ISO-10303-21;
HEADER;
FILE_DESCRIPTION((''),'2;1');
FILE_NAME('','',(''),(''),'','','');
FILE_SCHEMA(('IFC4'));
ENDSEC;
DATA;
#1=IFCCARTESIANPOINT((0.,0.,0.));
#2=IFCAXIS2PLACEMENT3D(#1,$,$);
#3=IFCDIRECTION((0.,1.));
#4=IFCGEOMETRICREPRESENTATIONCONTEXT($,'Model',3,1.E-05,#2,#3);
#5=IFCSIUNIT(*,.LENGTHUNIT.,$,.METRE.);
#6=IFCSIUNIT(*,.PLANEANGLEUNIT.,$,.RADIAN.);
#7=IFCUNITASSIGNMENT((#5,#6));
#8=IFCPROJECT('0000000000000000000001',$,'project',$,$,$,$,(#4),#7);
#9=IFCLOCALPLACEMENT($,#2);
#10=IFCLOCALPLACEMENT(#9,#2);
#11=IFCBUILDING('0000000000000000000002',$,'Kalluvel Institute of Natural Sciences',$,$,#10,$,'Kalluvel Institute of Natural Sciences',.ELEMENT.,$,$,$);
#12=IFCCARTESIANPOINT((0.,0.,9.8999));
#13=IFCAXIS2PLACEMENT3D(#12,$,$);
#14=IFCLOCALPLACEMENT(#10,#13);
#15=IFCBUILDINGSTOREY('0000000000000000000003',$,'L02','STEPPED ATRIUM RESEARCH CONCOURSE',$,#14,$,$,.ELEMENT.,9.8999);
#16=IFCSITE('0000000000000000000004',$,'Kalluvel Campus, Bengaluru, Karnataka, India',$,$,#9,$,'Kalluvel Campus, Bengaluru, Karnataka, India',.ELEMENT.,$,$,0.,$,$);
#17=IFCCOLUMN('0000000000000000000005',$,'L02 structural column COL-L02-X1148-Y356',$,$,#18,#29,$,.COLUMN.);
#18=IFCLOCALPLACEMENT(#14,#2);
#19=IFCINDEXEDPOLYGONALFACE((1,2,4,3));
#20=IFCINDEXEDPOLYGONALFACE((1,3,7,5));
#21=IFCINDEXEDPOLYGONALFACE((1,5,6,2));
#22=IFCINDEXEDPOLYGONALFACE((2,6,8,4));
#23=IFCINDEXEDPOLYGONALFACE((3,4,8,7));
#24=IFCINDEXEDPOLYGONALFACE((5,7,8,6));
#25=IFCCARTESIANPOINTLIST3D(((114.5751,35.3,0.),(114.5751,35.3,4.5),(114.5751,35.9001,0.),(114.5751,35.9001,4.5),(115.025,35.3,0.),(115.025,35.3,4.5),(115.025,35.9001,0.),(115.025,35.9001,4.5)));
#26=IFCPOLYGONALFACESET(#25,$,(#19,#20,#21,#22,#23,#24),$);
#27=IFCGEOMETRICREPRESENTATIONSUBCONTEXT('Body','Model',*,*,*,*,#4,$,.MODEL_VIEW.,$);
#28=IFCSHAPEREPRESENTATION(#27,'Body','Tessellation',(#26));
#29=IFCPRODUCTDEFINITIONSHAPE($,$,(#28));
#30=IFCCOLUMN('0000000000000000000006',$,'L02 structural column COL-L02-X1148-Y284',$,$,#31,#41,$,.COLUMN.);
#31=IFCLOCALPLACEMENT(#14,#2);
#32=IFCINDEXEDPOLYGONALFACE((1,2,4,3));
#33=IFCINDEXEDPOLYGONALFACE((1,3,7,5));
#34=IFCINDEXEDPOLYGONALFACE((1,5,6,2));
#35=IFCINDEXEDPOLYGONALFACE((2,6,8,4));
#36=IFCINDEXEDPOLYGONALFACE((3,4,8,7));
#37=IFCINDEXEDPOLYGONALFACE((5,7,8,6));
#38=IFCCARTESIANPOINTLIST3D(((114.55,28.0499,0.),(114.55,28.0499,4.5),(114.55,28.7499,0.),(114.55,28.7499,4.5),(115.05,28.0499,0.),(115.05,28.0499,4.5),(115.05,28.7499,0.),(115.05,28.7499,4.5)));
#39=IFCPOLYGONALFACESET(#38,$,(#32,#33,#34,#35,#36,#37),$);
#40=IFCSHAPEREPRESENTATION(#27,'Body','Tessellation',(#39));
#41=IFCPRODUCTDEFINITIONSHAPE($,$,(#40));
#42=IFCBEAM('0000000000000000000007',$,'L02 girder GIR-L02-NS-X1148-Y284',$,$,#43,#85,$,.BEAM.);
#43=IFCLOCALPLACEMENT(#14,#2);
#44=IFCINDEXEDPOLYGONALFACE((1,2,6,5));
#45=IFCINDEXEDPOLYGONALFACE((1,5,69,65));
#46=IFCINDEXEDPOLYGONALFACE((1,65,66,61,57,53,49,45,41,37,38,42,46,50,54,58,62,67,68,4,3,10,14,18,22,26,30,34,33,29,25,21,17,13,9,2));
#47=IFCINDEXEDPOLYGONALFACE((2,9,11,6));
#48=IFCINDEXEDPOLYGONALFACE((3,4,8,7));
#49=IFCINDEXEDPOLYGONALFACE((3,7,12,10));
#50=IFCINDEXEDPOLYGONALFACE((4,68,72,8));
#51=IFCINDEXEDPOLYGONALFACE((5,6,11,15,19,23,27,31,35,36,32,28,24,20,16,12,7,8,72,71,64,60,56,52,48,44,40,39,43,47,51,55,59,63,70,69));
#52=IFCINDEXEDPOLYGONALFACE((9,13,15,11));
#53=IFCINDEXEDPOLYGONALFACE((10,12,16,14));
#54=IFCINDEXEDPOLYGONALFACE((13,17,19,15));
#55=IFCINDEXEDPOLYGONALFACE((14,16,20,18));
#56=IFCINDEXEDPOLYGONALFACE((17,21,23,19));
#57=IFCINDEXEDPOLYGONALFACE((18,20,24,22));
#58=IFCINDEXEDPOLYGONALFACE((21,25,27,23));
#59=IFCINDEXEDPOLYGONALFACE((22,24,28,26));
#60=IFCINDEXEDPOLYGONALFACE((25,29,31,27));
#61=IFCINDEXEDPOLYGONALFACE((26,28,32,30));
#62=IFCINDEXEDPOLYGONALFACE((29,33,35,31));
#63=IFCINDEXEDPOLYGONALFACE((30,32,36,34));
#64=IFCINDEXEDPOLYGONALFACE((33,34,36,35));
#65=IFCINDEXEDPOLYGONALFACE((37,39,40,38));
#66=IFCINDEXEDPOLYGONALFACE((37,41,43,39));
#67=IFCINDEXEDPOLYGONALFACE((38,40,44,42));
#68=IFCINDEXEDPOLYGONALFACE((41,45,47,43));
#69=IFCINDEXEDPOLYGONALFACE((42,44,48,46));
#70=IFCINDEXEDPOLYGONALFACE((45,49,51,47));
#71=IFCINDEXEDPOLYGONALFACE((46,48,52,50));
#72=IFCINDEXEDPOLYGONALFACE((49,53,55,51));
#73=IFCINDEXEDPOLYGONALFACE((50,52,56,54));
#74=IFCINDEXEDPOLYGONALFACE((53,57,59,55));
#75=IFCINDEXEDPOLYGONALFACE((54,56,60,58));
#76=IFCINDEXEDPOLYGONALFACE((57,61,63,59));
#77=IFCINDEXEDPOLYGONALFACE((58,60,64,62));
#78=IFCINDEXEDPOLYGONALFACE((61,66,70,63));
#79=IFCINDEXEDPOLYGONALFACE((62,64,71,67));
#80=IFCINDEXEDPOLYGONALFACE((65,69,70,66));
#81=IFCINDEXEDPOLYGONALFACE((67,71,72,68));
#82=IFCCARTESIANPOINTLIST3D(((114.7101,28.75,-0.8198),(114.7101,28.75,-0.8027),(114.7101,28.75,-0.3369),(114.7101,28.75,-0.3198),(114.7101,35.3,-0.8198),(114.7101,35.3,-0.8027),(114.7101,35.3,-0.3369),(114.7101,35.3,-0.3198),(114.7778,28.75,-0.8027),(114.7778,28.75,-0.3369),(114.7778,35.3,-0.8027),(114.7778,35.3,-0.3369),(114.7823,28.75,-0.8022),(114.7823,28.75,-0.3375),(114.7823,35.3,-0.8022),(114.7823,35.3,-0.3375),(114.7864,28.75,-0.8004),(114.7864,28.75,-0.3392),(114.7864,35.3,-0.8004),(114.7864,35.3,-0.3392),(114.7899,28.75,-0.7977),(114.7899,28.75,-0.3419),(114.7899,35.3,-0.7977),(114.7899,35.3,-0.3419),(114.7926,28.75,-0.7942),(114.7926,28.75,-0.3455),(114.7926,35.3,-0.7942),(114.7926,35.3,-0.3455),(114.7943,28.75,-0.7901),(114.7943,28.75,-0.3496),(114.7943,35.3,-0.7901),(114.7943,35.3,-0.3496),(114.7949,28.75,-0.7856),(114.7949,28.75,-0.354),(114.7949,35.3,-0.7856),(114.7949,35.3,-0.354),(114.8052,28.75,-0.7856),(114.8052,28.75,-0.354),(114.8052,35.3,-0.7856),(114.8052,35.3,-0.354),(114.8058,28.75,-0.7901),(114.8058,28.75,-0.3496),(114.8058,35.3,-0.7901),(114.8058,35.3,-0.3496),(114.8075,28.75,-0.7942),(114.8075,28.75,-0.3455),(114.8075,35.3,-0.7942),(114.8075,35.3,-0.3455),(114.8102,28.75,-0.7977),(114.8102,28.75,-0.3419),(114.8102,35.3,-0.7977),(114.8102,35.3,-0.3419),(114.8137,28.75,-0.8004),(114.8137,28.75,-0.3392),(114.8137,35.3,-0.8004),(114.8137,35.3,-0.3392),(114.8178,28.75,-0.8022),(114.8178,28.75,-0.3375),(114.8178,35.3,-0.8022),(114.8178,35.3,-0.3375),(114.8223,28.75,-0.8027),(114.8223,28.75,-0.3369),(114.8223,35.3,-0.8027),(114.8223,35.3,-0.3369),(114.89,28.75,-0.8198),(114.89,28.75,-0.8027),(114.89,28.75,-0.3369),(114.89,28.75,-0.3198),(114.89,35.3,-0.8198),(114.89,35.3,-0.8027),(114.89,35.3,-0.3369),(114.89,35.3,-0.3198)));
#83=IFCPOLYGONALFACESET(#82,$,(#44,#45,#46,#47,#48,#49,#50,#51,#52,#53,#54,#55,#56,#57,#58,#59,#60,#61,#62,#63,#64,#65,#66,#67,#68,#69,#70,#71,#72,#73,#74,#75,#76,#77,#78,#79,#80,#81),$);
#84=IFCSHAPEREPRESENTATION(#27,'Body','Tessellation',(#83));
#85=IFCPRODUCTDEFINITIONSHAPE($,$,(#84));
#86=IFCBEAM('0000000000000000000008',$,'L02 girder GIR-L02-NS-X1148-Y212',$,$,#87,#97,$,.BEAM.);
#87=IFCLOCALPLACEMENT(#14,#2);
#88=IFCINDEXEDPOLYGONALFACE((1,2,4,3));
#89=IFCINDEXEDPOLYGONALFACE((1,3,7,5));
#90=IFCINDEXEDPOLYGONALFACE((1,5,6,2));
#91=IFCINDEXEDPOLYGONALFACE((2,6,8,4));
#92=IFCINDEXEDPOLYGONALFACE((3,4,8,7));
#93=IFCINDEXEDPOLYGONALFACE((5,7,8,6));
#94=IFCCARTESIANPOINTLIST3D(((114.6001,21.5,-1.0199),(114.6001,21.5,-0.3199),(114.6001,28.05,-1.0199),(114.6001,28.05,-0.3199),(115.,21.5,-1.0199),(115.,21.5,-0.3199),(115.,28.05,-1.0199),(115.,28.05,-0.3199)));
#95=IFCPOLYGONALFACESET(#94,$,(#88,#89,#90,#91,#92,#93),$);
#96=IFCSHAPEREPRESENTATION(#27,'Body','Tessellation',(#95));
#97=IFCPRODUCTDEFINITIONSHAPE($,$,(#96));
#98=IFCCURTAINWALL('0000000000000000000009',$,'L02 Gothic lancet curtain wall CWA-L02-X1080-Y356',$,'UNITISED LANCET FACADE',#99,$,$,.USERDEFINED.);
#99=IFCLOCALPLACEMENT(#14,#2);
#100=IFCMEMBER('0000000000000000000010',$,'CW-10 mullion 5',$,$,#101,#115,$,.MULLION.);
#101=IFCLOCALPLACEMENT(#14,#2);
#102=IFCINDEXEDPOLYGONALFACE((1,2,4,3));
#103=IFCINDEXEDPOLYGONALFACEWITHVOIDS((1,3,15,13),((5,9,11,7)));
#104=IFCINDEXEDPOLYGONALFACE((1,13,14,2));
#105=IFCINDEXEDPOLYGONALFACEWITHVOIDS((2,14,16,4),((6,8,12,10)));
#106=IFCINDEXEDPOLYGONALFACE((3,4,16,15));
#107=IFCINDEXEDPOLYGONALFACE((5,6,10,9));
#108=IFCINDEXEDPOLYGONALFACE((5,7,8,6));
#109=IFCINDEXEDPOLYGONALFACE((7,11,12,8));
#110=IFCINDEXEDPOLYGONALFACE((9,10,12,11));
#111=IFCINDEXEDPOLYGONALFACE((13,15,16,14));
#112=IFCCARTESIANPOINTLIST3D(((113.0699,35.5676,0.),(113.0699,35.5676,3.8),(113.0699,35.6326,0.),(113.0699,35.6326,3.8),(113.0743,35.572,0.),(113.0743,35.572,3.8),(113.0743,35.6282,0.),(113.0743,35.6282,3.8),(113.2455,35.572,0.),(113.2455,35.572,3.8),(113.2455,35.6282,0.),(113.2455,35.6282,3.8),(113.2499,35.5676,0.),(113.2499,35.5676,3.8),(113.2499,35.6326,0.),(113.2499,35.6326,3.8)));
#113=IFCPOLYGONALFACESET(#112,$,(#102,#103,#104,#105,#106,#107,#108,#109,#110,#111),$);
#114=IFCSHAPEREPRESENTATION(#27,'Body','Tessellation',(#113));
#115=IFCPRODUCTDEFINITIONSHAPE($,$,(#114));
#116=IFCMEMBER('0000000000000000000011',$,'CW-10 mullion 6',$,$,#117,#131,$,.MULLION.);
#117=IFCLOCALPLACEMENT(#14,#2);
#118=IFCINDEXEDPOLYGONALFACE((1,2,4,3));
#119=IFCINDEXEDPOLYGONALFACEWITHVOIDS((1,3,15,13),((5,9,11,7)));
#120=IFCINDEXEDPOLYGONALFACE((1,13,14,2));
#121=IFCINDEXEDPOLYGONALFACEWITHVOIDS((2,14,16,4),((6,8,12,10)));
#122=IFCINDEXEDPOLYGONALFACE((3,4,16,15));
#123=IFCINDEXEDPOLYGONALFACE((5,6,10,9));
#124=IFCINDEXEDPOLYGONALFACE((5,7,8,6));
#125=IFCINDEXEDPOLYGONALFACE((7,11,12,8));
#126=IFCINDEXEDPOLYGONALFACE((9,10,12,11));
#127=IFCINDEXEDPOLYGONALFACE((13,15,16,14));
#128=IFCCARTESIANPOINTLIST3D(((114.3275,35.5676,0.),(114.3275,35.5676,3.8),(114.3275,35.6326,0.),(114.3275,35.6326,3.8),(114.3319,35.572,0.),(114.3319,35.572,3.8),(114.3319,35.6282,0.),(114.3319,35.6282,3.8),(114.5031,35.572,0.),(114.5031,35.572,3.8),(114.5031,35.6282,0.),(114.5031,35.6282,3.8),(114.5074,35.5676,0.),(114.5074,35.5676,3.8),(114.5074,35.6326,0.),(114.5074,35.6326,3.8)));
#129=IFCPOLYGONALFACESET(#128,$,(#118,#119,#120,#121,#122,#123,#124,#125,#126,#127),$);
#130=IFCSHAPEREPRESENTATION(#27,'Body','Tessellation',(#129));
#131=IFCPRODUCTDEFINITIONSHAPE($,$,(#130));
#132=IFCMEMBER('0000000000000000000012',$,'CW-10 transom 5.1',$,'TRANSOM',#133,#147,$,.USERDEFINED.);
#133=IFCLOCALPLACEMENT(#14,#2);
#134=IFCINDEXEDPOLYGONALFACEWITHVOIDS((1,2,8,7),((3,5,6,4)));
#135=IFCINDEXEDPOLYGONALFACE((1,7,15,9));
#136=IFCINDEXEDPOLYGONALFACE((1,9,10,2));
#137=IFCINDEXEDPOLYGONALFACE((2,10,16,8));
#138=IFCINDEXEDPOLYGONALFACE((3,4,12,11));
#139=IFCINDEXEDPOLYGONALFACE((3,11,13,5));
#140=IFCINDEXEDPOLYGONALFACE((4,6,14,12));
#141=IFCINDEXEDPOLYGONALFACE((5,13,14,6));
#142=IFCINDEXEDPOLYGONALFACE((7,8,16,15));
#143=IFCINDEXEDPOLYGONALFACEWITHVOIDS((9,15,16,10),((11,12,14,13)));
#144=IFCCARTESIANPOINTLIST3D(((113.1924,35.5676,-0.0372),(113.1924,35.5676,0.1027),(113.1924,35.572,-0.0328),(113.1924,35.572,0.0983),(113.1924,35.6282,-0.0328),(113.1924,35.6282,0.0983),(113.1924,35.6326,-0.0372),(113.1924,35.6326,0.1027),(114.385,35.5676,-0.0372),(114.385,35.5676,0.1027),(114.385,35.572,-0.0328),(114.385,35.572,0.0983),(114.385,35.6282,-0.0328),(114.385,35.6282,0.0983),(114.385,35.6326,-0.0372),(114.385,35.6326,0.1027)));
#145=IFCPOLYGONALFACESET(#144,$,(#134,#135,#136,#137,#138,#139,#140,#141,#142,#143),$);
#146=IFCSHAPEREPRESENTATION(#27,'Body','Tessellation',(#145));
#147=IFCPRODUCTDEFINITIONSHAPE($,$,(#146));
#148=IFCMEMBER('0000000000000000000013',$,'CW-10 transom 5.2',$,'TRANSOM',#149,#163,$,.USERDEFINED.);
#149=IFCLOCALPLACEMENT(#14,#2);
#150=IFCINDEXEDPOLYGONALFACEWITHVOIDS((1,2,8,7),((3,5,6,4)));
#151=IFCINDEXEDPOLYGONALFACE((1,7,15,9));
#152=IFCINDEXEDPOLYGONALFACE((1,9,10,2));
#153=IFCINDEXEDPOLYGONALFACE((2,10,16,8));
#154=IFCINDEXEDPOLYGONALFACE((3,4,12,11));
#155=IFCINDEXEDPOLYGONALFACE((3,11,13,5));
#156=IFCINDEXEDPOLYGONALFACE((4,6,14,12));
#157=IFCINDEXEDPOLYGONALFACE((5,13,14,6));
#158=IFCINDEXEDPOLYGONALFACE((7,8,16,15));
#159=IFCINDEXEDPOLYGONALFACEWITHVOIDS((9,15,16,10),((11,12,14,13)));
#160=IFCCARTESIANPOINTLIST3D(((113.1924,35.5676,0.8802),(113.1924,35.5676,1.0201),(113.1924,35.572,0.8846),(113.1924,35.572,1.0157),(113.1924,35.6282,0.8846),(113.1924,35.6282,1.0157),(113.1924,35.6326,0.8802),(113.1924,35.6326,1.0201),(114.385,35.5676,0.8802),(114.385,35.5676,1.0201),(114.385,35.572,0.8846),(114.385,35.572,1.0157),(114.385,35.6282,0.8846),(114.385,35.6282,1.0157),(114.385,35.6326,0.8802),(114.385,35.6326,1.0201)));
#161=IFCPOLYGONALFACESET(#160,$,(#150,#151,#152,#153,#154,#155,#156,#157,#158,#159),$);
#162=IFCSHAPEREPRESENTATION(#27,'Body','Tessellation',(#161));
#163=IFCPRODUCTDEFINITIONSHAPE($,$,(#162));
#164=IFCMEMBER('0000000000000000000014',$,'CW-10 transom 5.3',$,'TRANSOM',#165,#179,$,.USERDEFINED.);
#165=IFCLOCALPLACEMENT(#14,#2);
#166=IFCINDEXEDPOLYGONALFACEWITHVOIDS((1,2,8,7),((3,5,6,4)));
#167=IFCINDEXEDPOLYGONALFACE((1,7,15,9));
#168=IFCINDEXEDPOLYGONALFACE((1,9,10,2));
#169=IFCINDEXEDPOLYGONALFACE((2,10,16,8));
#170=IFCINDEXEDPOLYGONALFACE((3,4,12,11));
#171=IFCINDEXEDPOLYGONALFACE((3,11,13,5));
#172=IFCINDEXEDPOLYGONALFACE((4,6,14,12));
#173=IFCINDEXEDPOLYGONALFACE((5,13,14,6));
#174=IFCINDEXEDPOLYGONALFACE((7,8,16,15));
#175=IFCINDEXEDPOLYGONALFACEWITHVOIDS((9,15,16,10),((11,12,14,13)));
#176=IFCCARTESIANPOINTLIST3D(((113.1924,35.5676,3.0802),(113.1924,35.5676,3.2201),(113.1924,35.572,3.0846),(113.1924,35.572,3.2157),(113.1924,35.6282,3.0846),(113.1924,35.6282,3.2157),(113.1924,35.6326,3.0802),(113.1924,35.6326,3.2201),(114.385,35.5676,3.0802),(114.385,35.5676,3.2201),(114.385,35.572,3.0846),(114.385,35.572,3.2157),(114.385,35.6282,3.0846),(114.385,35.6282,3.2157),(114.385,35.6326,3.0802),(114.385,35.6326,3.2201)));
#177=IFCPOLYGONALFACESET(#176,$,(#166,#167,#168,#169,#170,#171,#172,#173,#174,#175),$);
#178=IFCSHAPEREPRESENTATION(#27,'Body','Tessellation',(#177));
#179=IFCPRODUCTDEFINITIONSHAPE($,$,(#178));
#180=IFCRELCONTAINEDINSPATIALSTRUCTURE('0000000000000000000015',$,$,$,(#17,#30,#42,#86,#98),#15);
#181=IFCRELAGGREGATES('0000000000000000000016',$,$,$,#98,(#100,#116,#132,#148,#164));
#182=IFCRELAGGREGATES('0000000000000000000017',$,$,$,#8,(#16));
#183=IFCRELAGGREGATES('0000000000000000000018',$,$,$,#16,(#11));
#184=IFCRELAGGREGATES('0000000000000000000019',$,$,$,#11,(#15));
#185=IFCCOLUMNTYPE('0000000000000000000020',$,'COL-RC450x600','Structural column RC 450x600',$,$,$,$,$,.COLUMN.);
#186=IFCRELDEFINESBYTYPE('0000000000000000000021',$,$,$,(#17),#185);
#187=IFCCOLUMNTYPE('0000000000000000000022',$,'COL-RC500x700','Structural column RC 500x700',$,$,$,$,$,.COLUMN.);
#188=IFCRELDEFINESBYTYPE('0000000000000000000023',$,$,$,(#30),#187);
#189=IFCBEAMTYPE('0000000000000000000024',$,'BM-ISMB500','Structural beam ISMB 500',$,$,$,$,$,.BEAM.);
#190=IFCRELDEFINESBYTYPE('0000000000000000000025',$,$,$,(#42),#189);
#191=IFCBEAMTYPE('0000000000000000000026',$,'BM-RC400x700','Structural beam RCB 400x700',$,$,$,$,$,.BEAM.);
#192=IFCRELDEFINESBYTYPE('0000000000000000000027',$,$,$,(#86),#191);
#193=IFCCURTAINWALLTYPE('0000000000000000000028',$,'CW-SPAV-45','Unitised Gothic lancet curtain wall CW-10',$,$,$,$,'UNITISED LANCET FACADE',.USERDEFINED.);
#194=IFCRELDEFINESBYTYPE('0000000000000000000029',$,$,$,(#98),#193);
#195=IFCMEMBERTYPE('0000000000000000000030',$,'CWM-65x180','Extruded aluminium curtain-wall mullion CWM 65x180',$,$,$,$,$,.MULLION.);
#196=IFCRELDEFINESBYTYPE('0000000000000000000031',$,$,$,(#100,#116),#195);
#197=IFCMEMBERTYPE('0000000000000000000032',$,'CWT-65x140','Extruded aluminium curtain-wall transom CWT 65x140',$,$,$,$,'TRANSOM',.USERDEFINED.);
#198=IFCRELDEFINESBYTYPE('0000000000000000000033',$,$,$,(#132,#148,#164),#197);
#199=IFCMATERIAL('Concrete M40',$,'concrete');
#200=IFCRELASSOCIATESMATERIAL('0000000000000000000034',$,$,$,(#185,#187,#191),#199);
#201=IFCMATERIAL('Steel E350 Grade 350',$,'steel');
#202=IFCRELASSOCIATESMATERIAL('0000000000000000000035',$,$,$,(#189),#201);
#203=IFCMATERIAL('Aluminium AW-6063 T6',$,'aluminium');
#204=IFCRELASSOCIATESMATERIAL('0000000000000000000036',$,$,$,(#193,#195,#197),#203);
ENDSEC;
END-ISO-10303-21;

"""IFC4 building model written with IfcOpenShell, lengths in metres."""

from ifc_helpers import new_model, si_unit, direction, frame, origin, origin_2d, place, context, subcontext, project, spatial, rectangle, hollow_rectangle, i_section, extrude, material, material_profile, profile_set, type_object, element, aggregate, save


model = new_model("IFC4")

# Units and contexts
model_context = context("Model", 3, precision=1e-05, world=origin(), true_north=direction((0.0, 1.0)))
body_context = subcontext(model_context, "Body", "Model", "MODEL_VIEW")
ifc_project = project(units=[si_unit("LENGTHUNIT", "METRE"), si_unit("PLANEANGLEUNIT", "RADIAN")], contexts=[model_context])

# Site, building, storey
site_placement = place(None, origin())
site = spatial("IfcSite", under=ifc_project, at=site_placement, Name="Kalluvel Campus, Bengaluru, Karnataka, India", LongName="Kalluvel Campus, Bengaluru, Karnataka, India", CompositionType="ELEMENT", RefElevation=0.0)
building_placement = place(site_placement, origin())
building = spatial("IfcBuilding", under=site, at=building_placement, Name="Kalluvel Institute of Natural Sciences", LongName="Kalluvel Institute of Natural Sciences", CompositionType="ELEMENT")
storey_placement = place(building_placement, frame((0.0, 0.0, 9.8999)))
storey = spatial("IfcBuildingStorey", under=building, at=storey_placement, Name="L02", Description="STEPPED ATRIUM RESEARCH CONCOURSE", CompositionType="ELEMENT", Elevation=9.8999)

# Columns
ifc_material_1 = material(Name="Concrete M40", Category="concrete")
ifc_material_profile_1 = material_profile(ifc_material_1, rectangle(XDim=0.45, YDim=0.6001, at=origin_2d()), Name="RC 450x600")
ifc_profile_set_1 = profile_set([ifc_material_profile_1], Name="Concrete M40")
column_type_1 = type_object("IfcColumnType", Name="COL-RC450x600", Description="Structural column RC 450x600", PredefinedType="COLUMN", material=ifc_profile_set_1)
column_1_placement = place(storey_placement, frame((114.8, 35.6001, 0.0), z_axis=(0.0, 0.0, 1.0), x_axis=(1.0, 0.0, 0.0)))
element("IfcColumn", 1, at=column_1_placement, inside=storey, type_object=column_type_1, Name="L02 structural column COL-L02-X1148-Y356", PredefinedType="COLUMN", context=body_context, shape_type="SweptSolid", body=[
    extrude(rectangle(XDim=0.45, YDim=0.6001, at=origin_2d()), origin(), (0.0, 0.0, 1.0), 4.5),
])
ifc_material_profile_2 = material_profile(ifc_material_1, rectangle(XDim=0.5, YDim=0.7, at=origin_2d()), Name="RC 500x700")
ifc_profile_set_2 = profile_set([ifc_material_profile_2], Name="Concrete M40")
column_type_2 = type_object("IfcColumnType", Name="COL-RC500x700", Description="Structural column RC 500x700", PredefinedType="COLUMN", material=ifc_profile_set_2)
column_2_placement = place(storey_placement, frame((114.8, 28.3999, 0.0), z_axis=(0.0, 0.0, 1.0), x_axis=(1.0, 0.0, 0.0)))
element("IfcColumn", 2, at=column_2_placement, inside=storey, type_object=column_type_2, Name="L02 structural column COL-L02-X1148-Y284", PredefinedType="COLUMN", context=body_context, shape_type="SweptSolid", body=[
    extrude(rectangle(XDim=0.5, YDim=0.7, at=origin_2d()), origin(), (0.0, 0.0, 1.0), 4.5),
])

# Beams
ifc_material_2 = material(Name="Steel E350 Grade 350", Category="steel")
ifc_material_profile_3 = material_profile(ifc_material_2, i_section(OverallWidth=0.1799, OverallDepth=0.5, WebThickness=0.0103, FlangeThickness=0.0171, FilletRadius=0.0171, at=origin_2d()), Name="ISMB 500")
ifc_profile_set_3 = profile_set([ifc_material_profile_3], Name="Steel E350 Grade 350")
beam_type_1 = type_object("IfcBeamType", Name="BM-ISMB500", Description="Structural beam ISMB 500", PredefinedType="BEAM", material=ifc_profile_set_3)
beam_1_placement = place(storey_placement, frame((114.8, 28.75, -0.5698), z_axis=(0.0, 1.0, 0.0), x_axis=(-1.0, 0.0, 0.0)))
element("IfcBeam", 3, at=beam_1_placement, inside=storey, type_object=beam_type_1, Name="L02 girder GIR-L02-NS-X1148-Y284", PredefinedType="BEAM", context=body_context, shape_type="SweptSolid", body=[
    extrude(i_section(OverallWidth=0.1799, OverallDepth=0.5, WebThickness=0.0103, FlangeThickness=0.0171, FilletRadius=0.0171, at=origin_2d()), origin(), (0.0, 0.0, 1.0), 6.55),
])
ifc_material_profile_4 = material_profile(ifc_material_1, rectangle(XDim=0.3999, YDim=0.7, at=origin_2d()), Name="RCB 400x700")
ifc_profile_set_4 = profile_set([ifc_material_profile_4], Name="Concrete M40")
beam_type_2 = type_object("IfcBeamType", Name="BM-RC400x700", Description="Structural beam RCB 400x700", PredefinedType="BEAM", material=ifc_profile_set_4)
beam_2_placement = place(storey_placement, frame((114.8, 21.5, -0.6699), z_axis=(0.0, 1.0, 0.0), x_axis=(-1.0, 0.0, 0.0)))
element("IfcBeam", 4, at=beam_2_placement, inside=storey, type_object=beam_type_2, Name="L02 girder GIR-L02-NS-X1148-Y212", PredefinedType="BEAM", context=body_context, shape_type="SweptSolid", body=[
    extrude(rectangle(XDim=0.3999, YDim=0.7, at=origin_2d()), origin(), (0.0, 0.0, 1.0), 6.55),
])

# Curtain wall, members
ifc_material_3 = material(Name="Aluminium AW-6063 T6", Category="aluminium")
curtain_wall_type = type_object("IfcCurtainWallType", Name="CW-SPAV-45", Description="Unitised Gothic lancet curtain wall CW-10", ElementType="UNITISED LANCET FACADE", PredefinedType="USERDEFINED", material=ifc_material_3)
curtain_wall_placement = place(storey_placement, origin())
curtain_wall = element("IfcCurtainWall", 5, at=curtain_wall_placement, inside=storey, type_object=curtain_wall_type, Name="L02 Gothic lancet curtain wall CWA-L02-X1080-Y356", ObjectType="UNITISED LANCET FACADE", PredefinedType="USERDEFINED")
ifc_material_profile_5 = material_profile(ifc_material_3, hollow_rectangle(XDim=0.0649, YDim=0.1799, WallThickness=0.0044, at=origin_2d()), Name="CWM 65x180")
ifc_profile_set_5 = profile_set([ifc_material_profile_5], Name="Aluminium AW-6063 T6")
member_type_1 = type_object("IfcMemberType", Name="CWM-65x180", Description="Extruded aluminium curtain-wall mullion CWM 65x180", PredefinedType="MULLION", material=ifc_profile_set_5)
member_1_placement = place(storey_placement, frame((113.1599, 35.6001, 0.0), z_axis=(0.0, 0.0, 1.0), x_axis=(0.0, 1.0, 0.0)))
member_1 = element("IfcMember", 6, at=member_1_placement, type_object=member_type_1, Name="CW-10 mullion 5", PredefinedType="MULLION", context=body_context, shape_type="SweptSolid", body=[
    extrude(hollow_rectangle(XDim=0.0649, YDim=0.1799, WallThickness=0.0044, at=origin_2d()), origin(), (0.0, 0.0, 1.0), 3.8),
])
member_2_placement = place(storey_placement, frame((114.4175, 35.6001, 0.0), z_axis=(0.0, 0.0, 1.0), x_axis=(0.0, 1.0, 0.0)))
member_2 = element("IfcMember", 7, at=member_2_placement, type_object=member_type_1, Name="CW-10 mullion 6", PredefinedType="MULLION", context=body_context, shape_type="SweptSolid", body=[
    extrude(hollow_rectangle(XDim=0.0649, YDim=0.1799, WallThickness=0.0044, at=origin_2d()), origin(), (0.0, 0.0, 1.0), 3.8),
])
ifc_material_profile_6 = material_profile(ifc_material_3, hollow_rectangle(XDim=0.0649, YDim=0.1399, WallThickness=0.0044, at=origin_2d()), Name="CWT 65x140")
ifc_profile_set_6 = profile_set([ifc_material_profile_6], Name="Aluminium AW-6063 T6")
member_type_2 = type_object("IfcMemberType", Name="CWT-65x140", Description="Extruded aluminium curtain-wall transom CWT 65x140", ElementType="TRANSOM", PredefinedType="USERDEFINED", material=ifc_profile_set_6)
member_3_placement = place(storey_placement, frame((113.1924, 35.6001, 0.0327), z_axis=(1.0, 0.0, 0.0), x_axis=(0.0, 1.0, 0.0)))
member_3 = element("IfcMember", 8, at=member_3_placement, type_object=member_type_2, Name="CW-10 transom 5.1", ObjectType="TRANSOM", PredefinedType="USERDEFINED", context=body_context, shape_type="SweptSolid", body=[
    extrude(hollow_rectangle(XDim=0.0649, YDim=0.1399, WallThickness=0.0044, at=origin_2d()), origin(), (0.0, 0.0, 1.0), 1.1926),
])
member_4_placement = place(storey_placement, frame((113.1924, 35.6001, 0.9502), z_axis=(1.0, 0.0, 0.0), x_axis=(0.0, 1.0, 0.0)))
member_4 = element("IfcMember", 9, at=member_4_placement, type_object=member_type_2, Name="CW-10 transom 5.2", ObjectType="TRANSOM", PredefinedType="USERDEFINED", context=body_context, shape_type="SweptSolid", body=[
    extrude(hollow_rectangle(XDim=0.0649, YDim=0.1399, WallThickness=0.0044, at=origin_2d()), origin(), (0.0, 0.0, 1.0), 1.1926),
])
member_5_placement = place(storey_placement, frame((113.1924, 35.6001, 3.1501), z_axis=(1.0, 0.0, 0.0), x_axis=(0.0, 1.0, 0.0)))
member_5 = element("IfcMember", 10, at=member_5_placement, type_object=member_type_2, Name="CW-10 transom 5.3", ObjectType="TRANSOM", PredefinedType="USERDEFINED", context=body_context, shape_type="SweptSolid", body=[
    extrude(hollow_rectangle(XDim=0.0649, YDim=0.1399, WallThickness=0.0044, at=origin_2d()), origin(), (0.0, 0.0, 1.0), 1.1926),
])

aggregate(curtain_wall, [member_1, member_2, member_3, member_4, member_5])

save(model, "model.ifc")
